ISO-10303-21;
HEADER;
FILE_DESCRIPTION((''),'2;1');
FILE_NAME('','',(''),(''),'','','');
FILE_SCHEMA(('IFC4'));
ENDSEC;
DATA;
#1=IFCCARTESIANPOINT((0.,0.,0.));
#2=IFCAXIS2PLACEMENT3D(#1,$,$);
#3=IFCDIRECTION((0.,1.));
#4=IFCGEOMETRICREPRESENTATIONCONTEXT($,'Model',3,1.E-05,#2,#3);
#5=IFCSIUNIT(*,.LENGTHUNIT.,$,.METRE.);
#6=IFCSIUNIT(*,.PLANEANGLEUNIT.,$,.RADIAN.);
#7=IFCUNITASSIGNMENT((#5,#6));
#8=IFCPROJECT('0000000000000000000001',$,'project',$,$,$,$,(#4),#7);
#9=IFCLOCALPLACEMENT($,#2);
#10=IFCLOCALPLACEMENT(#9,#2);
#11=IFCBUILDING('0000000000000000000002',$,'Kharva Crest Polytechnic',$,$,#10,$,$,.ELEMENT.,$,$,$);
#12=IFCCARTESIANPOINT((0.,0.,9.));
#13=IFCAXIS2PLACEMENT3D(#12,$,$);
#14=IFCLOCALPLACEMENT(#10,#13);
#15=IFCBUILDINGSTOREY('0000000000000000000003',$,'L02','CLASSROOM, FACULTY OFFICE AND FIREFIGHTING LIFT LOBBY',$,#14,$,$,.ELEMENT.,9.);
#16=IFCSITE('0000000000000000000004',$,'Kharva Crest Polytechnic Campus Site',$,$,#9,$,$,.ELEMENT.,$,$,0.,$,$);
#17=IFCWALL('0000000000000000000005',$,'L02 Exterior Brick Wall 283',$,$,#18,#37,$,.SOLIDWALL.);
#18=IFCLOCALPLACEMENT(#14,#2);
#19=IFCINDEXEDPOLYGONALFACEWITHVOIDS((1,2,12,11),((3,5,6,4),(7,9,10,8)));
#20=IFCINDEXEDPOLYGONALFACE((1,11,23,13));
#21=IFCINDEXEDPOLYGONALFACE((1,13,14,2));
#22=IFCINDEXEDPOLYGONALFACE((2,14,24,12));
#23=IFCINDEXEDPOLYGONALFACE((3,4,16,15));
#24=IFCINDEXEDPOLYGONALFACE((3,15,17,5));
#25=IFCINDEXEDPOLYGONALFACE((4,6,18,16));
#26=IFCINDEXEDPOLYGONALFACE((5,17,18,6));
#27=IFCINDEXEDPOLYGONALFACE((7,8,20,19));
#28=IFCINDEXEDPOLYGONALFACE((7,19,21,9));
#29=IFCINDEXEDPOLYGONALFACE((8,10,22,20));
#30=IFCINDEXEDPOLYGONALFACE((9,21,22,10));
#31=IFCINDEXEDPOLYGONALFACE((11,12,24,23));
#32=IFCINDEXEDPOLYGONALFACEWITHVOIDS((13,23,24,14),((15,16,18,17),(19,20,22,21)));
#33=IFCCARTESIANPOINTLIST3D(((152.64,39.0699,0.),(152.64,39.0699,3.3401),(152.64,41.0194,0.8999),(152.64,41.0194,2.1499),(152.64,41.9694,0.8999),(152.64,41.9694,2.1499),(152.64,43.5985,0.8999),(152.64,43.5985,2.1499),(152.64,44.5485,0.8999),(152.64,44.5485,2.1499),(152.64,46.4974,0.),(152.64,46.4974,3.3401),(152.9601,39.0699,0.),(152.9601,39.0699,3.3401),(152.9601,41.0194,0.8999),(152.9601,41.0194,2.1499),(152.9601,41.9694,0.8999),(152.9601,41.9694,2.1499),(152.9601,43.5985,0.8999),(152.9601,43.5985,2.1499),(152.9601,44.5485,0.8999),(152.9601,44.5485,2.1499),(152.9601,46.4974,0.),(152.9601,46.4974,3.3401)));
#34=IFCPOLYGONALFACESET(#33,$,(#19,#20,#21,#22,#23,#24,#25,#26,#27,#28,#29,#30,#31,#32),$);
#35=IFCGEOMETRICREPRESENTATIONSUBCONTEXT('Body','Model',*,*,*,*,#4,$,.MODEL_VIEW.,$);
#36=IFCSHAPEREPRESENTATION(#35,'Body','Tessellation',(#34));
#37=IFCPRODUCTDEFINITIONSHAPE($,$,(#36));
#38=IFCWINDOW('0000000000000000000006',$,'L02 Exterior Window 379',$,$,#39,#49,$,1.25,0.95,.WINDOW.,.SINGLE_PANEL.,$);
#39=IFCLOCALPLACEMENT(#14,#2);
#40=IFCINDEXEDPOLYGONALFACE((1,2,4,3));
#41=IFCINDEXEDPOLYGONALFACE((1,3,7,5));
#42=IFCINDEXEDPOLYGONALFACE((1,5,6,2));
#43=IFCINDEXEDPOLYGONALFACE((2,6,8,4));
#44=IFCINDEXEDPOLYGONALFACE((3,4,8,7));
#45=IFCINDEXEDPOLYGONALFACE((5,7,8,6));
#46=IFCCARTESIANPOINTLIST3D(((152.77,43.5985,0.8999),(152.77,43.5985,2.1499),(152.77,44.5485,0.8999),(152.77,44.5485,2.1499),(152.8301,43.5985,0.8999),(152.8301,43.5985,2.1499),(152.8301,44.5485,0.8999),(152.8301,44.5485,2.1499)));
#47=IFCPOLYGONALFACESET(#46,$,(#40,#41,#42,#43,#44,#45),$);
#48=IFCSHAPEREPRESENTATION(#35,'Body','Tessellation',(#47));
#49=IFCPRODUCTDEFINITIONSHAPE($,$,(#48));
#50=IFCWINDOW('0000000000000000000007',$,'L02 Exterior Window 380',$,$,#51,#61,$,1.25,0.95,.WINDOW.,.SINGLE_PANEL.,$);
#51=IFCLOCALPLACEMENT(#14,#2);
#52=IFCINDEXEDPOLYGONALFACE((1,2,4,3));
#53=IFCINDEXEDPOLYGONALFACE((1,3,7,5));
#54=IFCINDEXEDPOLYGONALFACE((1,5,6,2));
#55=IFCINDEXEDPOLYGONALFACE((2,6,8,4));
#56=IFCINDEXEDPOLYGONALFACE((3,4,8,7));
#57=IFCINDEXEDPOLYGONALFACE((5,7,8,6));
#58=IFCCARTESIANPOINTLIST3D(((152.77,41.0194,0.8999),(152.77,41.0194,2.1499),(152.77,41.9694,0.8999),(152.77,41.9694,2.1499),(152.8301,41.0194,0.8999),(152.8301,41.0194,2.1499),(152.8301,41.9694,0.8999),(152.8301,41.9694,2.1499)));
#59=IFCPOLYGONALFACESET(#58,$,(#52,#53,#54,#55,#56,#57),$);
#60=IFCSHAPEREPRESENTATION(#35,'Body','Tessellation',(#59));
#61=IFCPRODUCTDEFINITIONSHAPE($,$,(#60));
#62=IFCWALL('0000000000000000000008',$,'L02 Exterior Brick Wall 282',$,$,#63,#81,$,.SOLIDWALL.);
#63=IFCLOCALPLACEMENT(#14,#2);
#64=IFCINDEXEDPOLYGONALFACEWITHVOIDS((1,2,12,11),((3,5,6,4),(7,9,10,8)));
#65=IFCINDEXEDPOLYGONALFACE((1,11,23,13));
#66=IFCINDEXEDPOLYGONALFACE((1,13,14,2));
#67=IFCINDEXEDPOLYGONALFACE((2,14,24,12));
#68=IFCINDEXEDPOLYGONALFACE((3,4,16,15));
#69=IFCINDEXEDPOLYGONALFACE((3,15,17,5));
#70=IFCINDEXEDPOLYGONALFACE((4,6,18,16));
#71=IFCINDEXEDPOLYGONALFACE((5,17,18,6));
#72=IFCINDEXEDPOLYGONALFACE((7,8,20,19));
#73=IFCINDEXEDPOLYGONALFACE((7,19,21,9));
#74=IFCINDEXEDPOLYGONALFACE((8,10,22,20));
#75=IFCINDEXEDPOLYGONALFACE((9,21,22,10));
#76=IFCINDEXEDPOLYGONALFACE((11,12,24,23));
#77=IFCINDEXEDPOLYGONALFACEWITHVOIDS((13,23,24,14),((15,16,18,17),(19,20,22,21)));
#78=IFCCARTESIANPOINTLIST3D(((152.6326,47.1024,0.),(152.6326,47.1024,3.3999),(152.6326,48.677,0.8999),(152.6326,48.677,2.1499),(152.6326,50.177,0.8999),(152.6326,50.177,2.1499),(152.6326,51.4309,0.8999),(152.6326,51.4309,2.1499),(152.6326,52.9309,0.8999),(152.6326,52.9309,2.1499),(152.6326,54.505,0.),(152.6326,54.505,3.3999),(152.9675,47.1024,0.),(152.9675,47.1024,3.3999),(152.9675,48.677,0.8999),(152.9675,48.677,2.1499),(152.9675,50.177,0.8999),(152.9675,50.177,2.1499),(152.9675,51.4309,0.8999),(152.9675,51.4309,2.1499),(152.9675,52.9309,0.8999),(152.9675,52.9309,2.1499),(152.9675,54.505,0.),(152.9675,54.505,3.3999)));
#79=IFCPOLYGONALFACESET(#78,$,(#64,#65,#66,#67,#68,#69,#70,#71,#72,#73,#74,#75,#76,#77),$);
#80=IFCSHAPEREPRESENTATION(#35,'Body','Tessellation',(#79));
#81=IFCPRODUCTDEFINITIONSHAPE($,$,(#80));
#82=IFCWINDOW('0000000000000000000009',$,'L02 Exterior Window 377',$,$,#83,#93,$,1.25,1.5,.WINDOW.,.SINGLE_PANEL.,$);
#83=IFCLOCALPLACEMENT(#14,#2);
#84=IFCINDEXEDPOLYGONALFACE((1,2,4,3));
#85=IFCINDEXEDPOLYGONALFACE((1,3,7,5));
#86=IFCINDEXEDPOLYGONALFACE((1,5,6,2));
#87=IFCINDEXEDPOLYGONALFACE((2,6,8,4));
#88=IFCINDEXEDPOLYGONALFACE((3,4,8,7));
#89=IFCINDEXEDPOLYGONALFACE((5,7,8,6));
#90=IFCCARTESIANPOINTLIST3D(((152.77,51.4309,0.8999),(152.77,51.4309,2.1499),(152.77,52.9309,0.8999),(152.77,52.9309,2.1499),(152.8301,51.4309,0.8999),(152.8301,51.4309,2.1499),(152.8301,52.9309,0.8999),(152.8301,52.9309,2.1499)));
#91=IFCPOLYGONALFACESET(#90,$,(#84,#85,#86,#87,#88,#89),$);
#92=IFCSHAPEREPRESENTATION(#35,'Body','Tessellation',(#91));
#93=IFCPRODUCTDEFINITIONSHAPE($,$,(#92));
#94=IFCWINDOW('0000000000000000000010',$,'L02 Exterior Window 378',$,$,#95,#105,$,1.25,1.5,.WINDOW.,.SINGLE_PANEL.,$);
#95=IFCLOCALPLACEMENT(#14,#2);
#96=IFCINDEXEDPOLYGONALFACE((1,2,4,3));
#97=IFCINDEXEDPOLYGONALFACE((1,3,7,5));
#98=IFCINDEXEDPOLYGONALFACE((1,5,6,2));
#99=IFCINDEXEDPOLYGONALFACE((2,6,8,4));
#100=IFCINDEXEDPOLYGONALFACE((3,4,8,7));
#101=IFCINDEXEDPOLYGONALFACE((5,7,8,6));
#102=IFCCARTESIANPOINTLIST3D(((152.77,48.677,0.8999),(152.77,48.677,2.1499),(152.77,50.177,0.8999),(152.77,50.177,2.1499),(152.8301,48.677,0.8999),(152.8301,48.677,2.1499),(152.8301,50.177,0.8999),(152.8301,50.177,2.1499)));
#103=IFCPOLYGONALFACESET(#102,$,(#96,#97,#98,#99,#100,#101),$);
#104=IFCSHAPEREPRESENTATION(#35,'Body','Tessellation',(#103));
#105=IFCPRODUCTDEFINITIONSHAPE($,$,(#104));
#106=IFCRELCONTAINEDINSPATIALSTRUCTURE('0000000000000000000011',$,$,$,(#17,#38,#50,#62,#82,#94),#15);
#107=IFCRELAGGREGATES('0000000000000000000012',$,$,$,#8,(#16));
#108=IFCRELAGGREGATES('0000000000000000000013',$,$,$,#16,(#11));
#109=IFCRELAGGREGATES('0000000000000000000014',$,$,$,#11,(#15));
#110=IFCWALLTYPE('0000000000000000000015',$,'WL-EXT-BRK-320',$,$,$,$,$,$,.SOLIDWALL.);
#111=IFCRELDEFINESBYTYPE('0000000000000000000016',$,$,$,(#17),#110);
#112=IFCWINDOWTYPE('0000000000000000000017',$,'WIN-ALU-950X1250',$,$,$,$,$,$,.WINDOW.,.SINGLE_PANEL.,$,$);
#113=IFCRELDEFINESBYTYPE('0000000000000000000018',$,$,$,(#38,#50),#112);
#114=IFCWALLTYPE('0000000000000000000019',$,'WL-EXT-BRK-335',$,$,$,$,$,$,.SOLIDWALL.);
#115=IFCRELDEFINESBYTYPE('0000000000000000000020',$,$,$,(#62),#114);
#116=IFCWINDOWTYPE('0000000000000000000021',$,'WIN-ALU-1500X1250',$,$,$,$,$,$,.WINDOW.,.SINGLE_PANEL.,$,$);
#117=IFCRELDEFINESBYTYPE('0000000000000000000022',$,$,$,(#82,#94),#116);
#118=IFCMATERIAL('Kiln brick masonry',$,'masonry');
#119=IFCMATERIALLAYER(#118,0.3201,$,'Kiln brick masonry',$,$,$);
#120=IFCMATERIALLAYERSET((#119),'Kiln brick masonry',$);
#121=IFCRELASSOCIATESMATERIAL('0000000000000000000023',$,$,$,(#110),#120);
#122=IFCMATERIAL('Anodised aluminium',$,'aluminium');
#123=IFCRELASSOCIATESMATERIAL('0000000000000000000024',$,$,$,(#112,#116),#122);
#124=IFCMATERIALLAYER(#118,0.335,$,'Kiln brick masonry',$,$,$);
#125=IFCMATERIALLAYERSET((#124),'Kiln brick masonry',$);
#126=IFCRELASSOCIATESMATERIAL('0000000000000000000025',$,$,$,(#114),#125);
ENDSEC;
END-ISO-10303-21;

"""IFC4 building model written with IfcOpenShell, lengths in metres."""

from ifc_helpers import new_model, si_unit, direction, frame, frame_2d, origin, place, context, subcontext, project, spatial, rectangle, extrude, material, layer, layer_set, type_object, element, fill, save


model = new_model("IFC4")

# Units and contexts
model_context = context("Model", 3, precision=1e-05, world=origin(), true_north=direction((0.0, 1.0)))
body_context = subcontext(model_context, "Body", "Model", "MODEL_VIEW")
ifc_project = project(units=[si_unit("LENGTHUNIT", "METRE"), si_unit("PLANEANGLEUNIT", "RADIAN")], contexts=[model_context])

# Site, building, storey
site_placement = place(None, origin())
site = spatial("IfcSite", under=ifc_project, at=site_placement, Name="Kharva Crest Polytechnic Campus Site", CompositionType="ELEMENT", RefElevation=0.0)
building_placement = place(site_placement, origin())
building = spatial("IfcBuilding", under=site, at=building_placement, Name="Kharva Crest Polytechnic", CompositionType="ELEMENT")
storey_placement = place(building_placement, frame((0.0, 0.0, 9.0)))
storey = spatial("IfcBuildingStorey", under=building, at=storey_placement, Name="L02", Description="CLASSROOM, FACULTY OFFICE AND FIREFIGHTING LIFT LOBBY", CompositionType="ELEMENT", Elevation=9.0)

# Walls, openings, windows
ifc_material_1 = material(Name="Kiln brick masonry", Category="masonry")
ifc_layer_1 = layer(ifc_material_1, 0.3201, Name="Kiln brick masonry")
ifc_layer_set_1 = layer_set([ifc_layer_1], Name="Kiln brick masonry")
wall_type_1 = type_object("IfcWallType", Name="WL-EXT-BRK-320", PredefinedType="SOLIDWALL", material=ifc_layer_set_1)
wall_1_placement = place(storey_placement, frame((152.8, 46.4976, 0.0), z_axis=(0.0, 0.0, 1.0), x_axis=(0.0, -1.0, 0.0)))
wall_1 = element("IfcWall", 1, at=wall_1_placement, inside=storey, type_object=wall_type_1, Name="L02 Exterior Brick Wall 283", PredefinedType="SOLIDWALL", context=body_context, shape_type="SweptSolid", body=[
    extrude(rectangle(XDim=7.4275, YDim=0.3201, at=frame_2d((3.7139, 0.0))), origin(), (0.0, 0.0, 1.0), 3.3401),
])
opening_1_placement = place(wall_1_placement, frame((1.949, 0.0, 0.8999)))
opening_1 = element("IfcOpeningElement", 2, at=opening_1_placement, cuts=wall_1, PredefinedType="OPENING", context=body_context, shape_type="SweptSolid", body=[
    extrude(rectangle(XDim=0.95, YDim=1.25, at=frame_2d((0.4751, 0.625))), frame((0.0, 0.1699, 0.0), z_axis=(0.0, -1.0, 0.0), x_axis=(1.0, 0.0, 0.0)), (0.0, 0.0, 1.0), 0.3401),
])
opening_2_placement = place(wall_1_placement, frame((4.5281, 0.0, 0.8999)))
opening_2 = element("IfcOpeningElement", 3, at=opening_2_placement, cuts=wall_1, PredefinedType="OPENING", context=body_context, shape_type="SweptSolid", body=[
    extrude(rectangle(XDim=0.95, YDim=1.25, at=frame_2d((0.4751, 0.625))), frame((0.0, 0.1699, 0.0), z_axis=(0.0, -1.0, 0.0), x_axis=(1.0, 0.0, 0.0)), (0.0, 0.0, 1.0), 0.3401),
])
ifc_material_2 = material(Name="Anodised aluminium", Category="aluminium")
window_type_1 = type_object("IfcWindowType", Name="WIN-ALU-950X1250", PartitioningType="SINGLE_PANEL", PredefinedType="WINDOW", material=ifc_material_2)
window_1_placement = place(opening_1_placement, origin())
window_1 = element("IfcWindow", 4, at=window_1_placement, inside=storey, type_object=window_type_1, Name="L02 Exterior Window 379", OverallHeight=1.25, OverallWidth=0.95, PartitioningType="SINGLE_PANEL", PredefinedType="WINDOW", context=body_context, shape_type="SweptSolid", body=[
    extrude(rectangle(XDim=0.95, YDim=1.25, at=frame_2d((0.4751, 0.625))), frame((0.0, 0.03, 0.0), z_axis=(0.0, -1.0, 0.0), x_axis=(1.0, 0.0, 0.0)), (0.0, 0.0, 1.0), 0.0601),
])
fill(opening_1, window_1)
window_2_placement = place(opening_2_placement, origin())
window_2 = element("IfcWindow", 5, at=window_2_placement, inside=storey, type_object=window_type_1, Name="L02 Exterior Window 380", OverallHeight=1.25, OverallWidth=0.95, PartitioningType="SINGLE_PANEL", PredefinedType="WINDOW", context=body_context, shape_type="SweptSolid", body=[
    extrude(rectangle(XDim=0.95, YDim=1.25, at=frame_2d((0.4751, 0.625))), frame((0.0, 0.03, 0.0), z_axis=(0.0, -1.0, 0.0), x_axis=(1.0, 0.0, 0.0)), (0.0, 0.0, 1.0), 0.0601),
])
fill(opening_2, window_2)
ifc_layer_2 = layer(ifc_material_1, 0.335, Name="Kiln brick masonry")
ifc_layer_set_2 = layer_set([ifc_layer_2], Name="Kiln brick masonry")
wall_type_2 = type_object("IfcWallType", Name="WL-EXT-BRK-335", PredefinedType="SOLIDWALL", material=ifc_layer_set_2)
wall_2_placement = place(storey_placement, frame((152.8, 54.5049, 0.0), z_axis=(0.0, 0.0, 1.0), x_axis=(0.0, -1.0, 0.0)))
wall_2 = element("IfcWall", 6, at=wall_2_placement, inside=storey, type_object=wall_type_2, Name="L02 Exterior Brick Wall 282", PredefinedType="SOLIDWALL", context=body_context, shape_type="SweptSolid", body=[
    extrude(rectangle(XDim=7.4026, YDim=0.335, at=frame_2d((3.7012, 0.0))), origin(), (0.0, 0.0, 1.0), 3.3999),
])
opening_3_placement = place(wall_2_placement, frame((1.574, 0.0, 0.8999)))
opening_3 = element("IfcOpeningElement", 7, at=opening_3_placement, cuts=wall_2, PredefinedType="OPENING", context=body_context, shape_type="SweptSolid", body=[
    extrude(rectangle(XDim=1.5, YDim=1.25, at=frame_2d((0.75, 0.625))), frame((0.0, 0.1775, 0.0), z_axis=(0.0, -1.0, 0.0), x_axis=(1.0, 0.0, 0.0)), (0.0, 0.0, 1.0), 0.355),
])
opening_4_placement = place(wall_2_placement, frame((4.3279, 0.0, 0.8999)))
opening_4 = element("IfcOpeningElement", 8, at=opening_4_placement, cuts=wall_2, PredefinedType="OPENING", context=body_context, shape_type="SweptSolid", body=[
    extrude(rectangle(XDim=1.5, YDim=1.25, at=frame_2d((0.75, 0.625))), frame((0.0, 0.1775, 0.0), z_axis=(0.0, -1.0, 0.0), x_axis=(1.0, 0.0, 0.0)), (0.0, 0.0, 1.0), 0.355),
])
window_type_2 = type_object("IfcWindowType", Name="WIN-ALU-1500X1250", PartitioningType="SINGLE_PANEL", PredefinedType="WINDOW", material=ifc_material_2)
window_3_placement = place(opening_3_placement, origin())
window_3 = element("IfcWindow", 9, at=window_3_placement, inside=storey, type_object=window_type_2, Name="L02 Exterior Window 377", OverallHeight=1.25, OverallWidth=1.5, PartitioningType="SINGLE_PANEL", PredefinedType="WINDOW", context=body_context, shape_type="SweptSolid", body=[
    extrude(rectangle(XDim=1.5, YDim=1.25, at=frame_2d((0.75, 0.625))), frame((0.0, 0.03, 0.0), z_axis=(0.0, -1.0, 0.0), x_axis=(1.0, 0.0, 0.0)), (0.0, 0.0, 1.0), 0.0601),
])
fill(opening_3, window_3)
window_4_placement = place(opening_4_placement, origin())
window_4 = element("IfcWindow", 10, at=window_4_placement, inside=storey, type_object=window_type_2, Name="L02 Exterior Window 378", OverallHeight=1.25, OverallWidth=1.5, PartitioningType="SINGLE_PANEL", PredefinedType="WINDOW", context=body_context, shape_type="SweptSolid", body=[
    extrude(rectangle(XDim=1.5, YDim=1.25, at=frame_2d((0.75, 0.625))), frame((0.0, 0.03, 0.0), z_axis=(0.0, -1.0, 0.0), x_axis=(1.0, 0.0, 0.0)), (0.0, 0.0, 1.0), 0.0601),
])
fill(opening_4, window_4)

save(model, "model.ifc")
